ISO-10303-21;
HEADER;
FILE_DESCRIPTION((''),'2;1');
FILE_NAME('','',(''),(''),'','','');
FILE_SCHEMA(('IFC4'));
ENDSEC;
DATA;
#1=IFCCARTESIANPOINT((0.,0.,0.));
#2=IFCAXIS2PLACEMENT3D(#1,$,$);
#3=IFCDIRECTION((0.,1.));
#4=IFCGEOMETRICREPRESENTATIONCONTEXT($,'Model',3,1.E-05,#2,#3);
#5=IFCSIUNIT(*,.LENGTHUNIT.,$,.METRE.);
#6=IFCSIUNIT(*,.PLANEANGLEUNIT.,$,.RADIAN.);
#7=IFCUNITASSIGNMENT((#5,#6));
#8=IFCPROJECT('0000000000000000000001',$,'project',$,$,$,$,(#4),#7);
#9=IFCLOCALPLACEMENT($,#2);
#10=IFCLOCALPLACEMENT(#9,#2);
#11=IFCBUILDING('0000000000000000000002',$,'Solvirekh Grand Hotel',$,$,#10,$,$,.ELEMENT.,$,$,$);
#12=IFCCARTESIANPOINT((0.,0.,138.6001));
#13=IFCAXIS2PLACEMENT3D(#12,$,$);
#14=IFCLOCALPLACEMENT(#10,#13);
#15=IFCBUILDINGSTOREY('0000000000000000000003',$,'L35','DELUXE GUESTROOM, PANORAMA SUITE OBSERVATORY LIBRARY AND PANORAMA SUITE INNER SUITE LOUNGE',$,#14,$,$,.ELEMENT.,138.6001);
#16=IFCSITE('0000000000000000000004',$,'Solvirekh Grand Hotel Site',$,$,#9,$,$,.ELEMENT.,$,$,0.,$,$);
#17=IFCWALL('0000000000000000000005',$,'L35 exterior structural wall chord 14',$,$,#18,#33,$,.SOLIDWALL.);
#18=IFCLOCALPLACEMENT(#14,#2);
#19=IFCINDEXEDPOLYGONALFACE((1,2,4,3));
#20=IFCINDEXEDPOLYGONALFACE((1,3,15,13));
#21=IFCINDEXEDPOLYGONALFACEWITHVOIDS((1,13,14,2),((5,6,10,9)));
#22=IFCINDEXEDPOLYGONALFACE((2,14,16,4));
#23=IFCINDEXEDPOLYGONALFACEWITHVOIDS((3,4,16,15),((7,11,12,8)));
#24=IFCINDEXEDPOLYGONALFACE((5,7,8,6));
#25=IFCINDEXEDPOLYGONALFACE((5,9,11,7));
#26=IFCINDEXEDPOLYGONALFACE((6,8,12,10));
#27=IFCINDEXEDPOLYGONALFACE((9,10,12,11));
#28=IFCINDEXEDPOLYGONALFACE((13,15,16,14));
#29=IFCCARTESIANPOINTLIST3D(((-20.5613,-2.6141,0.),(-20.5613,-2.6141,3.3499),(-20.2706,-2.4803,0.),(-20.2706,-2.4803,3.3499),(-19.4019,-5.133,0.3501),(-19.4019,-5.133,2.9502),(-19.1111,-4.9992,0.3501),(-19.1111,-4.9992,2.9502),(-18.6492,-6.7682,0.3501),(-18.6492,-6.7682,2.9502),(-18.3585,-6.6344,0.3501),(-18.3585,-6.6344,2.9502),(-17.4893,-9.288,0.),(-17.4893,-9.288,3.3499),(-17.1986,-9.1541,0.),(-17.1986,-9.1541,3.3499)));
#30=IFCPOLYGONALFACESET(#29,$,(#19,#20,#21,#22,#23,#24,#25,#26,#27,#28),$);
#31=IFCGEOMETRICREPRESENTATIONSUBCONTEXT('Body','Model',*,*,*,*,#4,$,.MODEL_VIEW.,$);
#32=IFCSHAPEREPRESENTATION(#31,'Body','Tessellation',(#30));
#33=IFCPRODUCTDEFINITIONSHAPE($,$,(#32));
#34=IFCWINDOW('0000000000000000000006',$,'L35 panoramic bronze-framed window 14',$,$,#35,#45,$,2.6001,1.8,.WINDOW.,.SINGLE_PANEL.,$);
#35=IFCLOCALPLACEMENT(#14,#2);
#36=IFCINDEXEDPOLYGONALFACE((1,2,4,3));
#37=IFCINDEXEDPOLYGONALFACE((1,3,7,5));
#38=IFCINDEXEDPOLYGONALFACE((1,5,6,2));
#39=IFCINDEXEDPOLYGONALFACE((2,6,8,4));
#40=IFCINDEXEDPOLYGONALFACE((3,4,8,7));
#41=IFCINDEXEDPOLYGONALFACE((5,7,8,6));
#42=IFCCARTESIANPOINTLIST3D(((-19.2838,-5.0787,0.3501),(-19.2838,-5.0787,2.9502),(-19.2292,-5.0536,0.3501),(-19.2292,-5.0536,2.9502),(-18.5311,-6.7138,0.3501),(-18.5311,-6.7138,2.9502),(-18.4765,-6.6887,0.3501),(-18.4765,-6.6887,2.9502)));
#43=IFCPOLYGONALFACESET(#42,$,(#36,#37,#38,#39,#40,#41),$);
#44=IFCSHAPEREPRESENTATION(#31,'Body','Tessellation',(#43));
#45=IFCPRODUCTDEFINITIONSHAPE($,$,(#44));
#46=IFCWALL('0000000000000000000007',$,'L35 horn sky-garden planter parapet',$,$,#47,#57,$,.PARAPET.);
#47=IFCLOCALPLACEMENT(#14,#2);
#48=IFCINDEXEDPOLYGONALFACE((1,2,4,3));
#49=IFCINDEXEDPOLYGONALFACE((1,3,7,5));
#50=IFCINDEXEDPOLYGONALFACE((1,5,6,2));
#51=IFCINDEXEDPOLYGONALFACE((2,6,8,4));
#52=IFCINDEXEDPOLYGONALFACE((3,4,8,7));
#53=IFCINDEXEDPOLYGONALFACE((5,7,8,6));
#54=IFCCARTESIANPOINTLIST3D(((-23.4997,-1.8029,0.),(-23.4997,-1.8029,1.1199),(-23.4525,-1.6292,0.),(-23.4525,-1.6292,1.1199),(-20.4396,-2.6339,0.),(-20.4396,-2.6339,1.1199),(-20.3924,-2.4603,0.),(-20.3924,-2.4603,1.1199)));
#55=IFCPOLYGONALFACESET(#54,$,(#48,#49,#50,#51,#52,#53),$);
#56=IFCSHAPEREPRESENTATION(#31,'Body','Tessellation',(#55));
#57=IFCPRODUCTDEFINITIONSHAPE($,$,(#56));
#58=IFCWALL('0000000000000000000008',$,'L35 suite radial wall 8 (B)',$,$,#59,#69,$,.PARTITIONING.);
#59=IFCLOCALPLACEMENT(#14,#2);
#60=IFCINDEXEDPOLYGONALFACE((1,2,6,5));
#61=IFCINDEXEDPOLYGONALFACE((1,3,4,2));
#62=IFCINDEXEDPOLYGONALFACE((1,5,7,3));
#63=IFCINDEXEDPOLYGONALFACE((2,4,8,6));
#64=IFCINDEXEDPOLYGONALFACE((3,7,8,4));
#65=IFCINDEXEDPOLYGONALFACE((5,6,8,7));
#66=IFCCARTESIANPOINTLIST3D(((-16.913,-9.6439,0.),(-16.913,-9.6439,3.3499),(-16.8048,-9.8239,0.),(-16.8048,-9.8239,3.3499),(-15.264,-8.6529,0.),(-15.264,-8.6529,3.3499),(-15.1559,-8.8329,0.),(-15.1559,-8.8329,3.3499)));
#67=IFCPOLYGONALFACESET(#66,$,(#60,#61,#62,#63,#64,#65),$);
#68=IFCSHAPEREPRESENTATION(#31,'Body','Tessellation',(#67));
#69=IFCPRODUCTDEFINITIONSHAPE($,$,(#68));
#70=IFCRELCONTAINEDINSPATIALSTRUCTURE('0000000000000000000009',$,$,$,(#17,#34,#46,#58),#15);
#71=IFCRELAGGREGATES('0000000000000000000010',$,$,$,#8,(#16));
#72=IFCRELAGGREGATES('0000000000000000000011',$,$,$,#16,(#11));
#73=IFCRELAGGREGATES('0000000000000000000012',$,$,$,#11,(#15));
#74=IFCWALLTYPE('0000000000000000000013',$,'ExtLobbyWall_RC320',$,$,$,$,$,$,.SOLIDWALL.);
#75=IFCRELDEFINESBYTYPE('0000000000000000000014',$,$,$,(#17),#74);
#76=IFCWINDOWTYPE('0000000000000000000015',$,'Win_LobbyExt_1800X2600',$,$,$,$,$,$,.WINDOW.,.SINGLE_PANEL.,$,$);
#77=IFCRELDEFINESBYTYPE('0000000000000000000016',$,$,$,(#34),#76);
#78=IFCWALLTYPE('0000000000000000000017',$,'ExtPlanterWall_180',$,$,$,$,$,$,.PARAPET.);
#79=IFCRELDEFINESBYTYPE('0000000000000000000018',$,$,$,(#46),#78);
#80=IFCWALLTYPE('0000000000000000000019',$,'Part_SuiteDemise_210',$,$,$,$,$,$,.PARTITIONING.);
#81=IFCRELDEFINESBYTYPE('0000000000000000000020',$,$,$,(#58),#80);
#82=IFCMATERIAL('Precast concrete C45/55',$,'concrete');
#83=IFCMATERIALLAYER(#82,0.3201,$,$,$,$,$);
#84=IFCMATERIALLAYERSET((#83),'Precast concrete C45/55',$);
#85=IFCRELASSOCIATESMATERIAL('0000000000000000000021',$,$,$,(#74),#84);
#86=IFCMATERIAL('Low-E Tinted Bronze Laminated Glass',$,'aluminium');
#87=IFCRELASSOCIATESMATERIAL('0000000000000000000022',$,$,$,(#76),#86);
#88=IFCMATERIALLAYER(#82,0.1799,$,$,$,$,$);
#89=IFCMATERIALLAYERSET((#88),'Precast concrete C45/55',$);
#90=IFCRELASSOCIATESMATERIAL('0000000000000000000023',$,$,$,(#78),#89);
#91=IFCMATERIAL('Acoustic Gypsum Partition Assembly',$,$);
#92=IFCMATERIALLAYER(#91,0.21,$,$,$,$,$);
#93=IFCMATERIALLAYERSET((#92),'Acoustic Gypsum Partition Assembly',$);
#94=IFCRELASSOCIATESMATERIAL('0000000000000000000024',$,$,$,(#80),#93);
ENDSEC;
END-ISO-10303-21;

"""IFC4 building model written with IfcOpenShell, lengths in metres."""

from ifc_helpers import new_model, si_unit, direction, frame, frame_2d, origin, place, context, subcontext, project, spatial, rectangle, extrude, material, layer, layer_set, type_object, element, fill, save


model = new_model("IFC4")

# Units and contexts
model_context = context("Model", 3, precision=1e-05, world=origin(), true_north=direction((0.0, 1.0)))
body_context = subcontext(model_context, "Body", "Model", "MODEL_VIEW")
ifc_project = project(units=[si_unit("LENGTHUNIT", "METRE"), si_unit("PLANEANGLEUNIT", "RADIAN")], contexts=[model_context])

# Site, building, storey
site_placement = place(None, origin())
site = spatial("IfcSite", under=ifc_project, at=site_placement, Name="Solvirekh Grand Hotel Site", CompositionType="ELEMENT", RefElevation=0.0)
building_placement = place(site_placement, origin())
building = spatial("IfcBuilding", under=site, at=building_placement, Name="Solvirekh Grand Hotel", CompositionType="ELEMENT")
storey_placement = place(building_placement, frame((0.0, 0.0, 138.6001)))
storey = spatial("IfcBuildingStorey", under=building, at=storey_placement, Name="L35", Description="DELUXE GUESTROOM, PANORAMA SUITE OBSERVATORY LIBRARY AND PANORAMA SUITE INNER SUITE LOUNGE", CompositionType="ELEMENT", Elevation=138.6001)

# Shared definitions
ifc_material_1 = material(Name="Low-E Tinted Bronze Laminated Glass", Category="aluminium")

# Shared definitions
ifc_material_2 = material(Name="Precast concrete C45/55", Category="concrete")
ifc_layer_1 = layer(ifc_material_2, 0.3201)
ifc_layer_set_1 = layer_set([ifc_layer_1], Name="Precast concrete C45/55")
wall_type_1 = type_object("IfcWallType", Name="ExtLobbyWall_RC320", PredefinedType="SOLIDWALL", material=ifc_layer_set_1)

# Wall, opening, window
wall_1_placement = place(storey_placement, frame((-17.344, -9.2209, 0.0), z_axis=(0.0, 0.0, 1.0), x_axis=(-0.418137, 0.908384, 0.0)))
wall_1 = element("IfcWall", 1, at=wall_1_placement, inside=storey, type_object=wall_type_1, Name="L35 exterior structural wall chord 14", PredefinedType="SOLIDWALL", context=body_context, shape_type="SweptSolid", body=[
    extrude(rectangle(XDim=7.3469, YDim=0.3201, at=frame_2d((3.6733, 0.0))), origin(), (0.0, 0.0, 1.0), 3.3499),
])
opening_1_placement = place(wall_1_placement, frame((2.7739, 0.0, 0.3501)))
opening_1 = element("IfcOpeningElement", 2, at=opening_1_placement, cuts=wall_1, PredefinedType="OPENING", context=body_context, shape_type="SweptSolid", body=[
    extrude(rectangle(XDim=1.8, YDim=2.6001, at=frame_2d((0.8999, 1.3))), frame((0.0, 0.1699, 0.0), z_axis=(0.0, -1.0, 0.0), x_axis=(1.0, 0.0, 0.0)), (0.0, 0.0, 1.0), 0.3401),
])
window_type = type_object("IfcWindowType", Name="Win_LobbyExt_1800X2600", PartitioningType="SINGLE_PANEL", PredefinedType="WINDOW", material=ifc_material_1)
window_placement = place(opening_1_placement, origin())
window = element("IfcWindow", 3, at=window_placement, inside=storey, type_object=window_type, Name="L35 panoramic bronze-framed window 14", OverallHeight=2.6001, OverallWidth=1.8, PartitioningType="SINGLE_PANEL", PredefinedType="WINDOW", context=body_context, shape_type="SweptSolid", body=[
    extrude(rectangle(XDim=1.8, YDim=2.6001, at=frame_2d((0.8999, 1.3))), frame((0.0, 0.03, 0.0), z_axis=(0.0, -1.0, 0.0), x_axis=(1.0, 0.0, 0.0)), (0.0, 0.0, 1.0), 0.0601),
])
fill(opening_1, window)

# Walls
ifc_layer_2 = layer(ifc_material_2, 0.1799)
ifc_layer_set_2 = layer_set([ifc_layer_2], Name="Precast concrete C45/55")
wall_type_2 = type_object("IfcWallType", Name="ExtPlanterWall_180", PredefinedType="PARAPET", material=ifc_layer_set_2)
wall_2_placement = place(storey_placement, frame((-23.4761, -1.7161, 0.0), z_axis=(0.0, 0.0, 1.0), x_axis=(0.965044, -0.262088, 0.0)))
element("IfcWall", 4, at=wall_2_placement, inside=storey, type_object=wall_type_2, Name="L35 horn sky-garden planter parapet", PredefinedType="PARAPET", context=body_context, shape_type="SweptSolid", body=[
    extrude(rectangle(XDim=3.1709, YDim=0.1799, at=frame_2d((1.5854, 0.0))), origin(), (0.0, 0.0, 1.0), 1.1199),
])
ifc_material_3 = material(Name="Acoustic Gypsum Partition Assembly")
ifc_layer_3 = layer(ifc_material_3, 0.21)
ifc_layer_set_3 = layer_set([ifc_layer_3], Name="Acoustic Gypsum Partition Assembly")
wall_type_3 = type_object("IfcWallType", Name="Part_SuiteDemise_210", PredefinedType="PARTITIONING", material=ifc_layer_set_3)
wall_3_placement = place(storey_placement, frame((-15.21, -8.7429, 0.0), z_axis=(0.0, 0.0, 1.0), x_axis=(-0.857123, -0.515111, 0.0)))
element("IfcWall", 5, at=wall_3_placement, inside=storey, type_object=wall_type_3, Name="L35 suite radial wall 8 (B)", PredefinedType="PARTITIONING", context=body_context, shape_type="SweptSolid", body=[
    extrude(rectangle(XDim=1.9238, YDim=0.21, at=frame_2d((0.9619, 0.0))), origin(), (0.0, 0.0, 1.0), 3.3499),
])

save(model, "model.ifc")
